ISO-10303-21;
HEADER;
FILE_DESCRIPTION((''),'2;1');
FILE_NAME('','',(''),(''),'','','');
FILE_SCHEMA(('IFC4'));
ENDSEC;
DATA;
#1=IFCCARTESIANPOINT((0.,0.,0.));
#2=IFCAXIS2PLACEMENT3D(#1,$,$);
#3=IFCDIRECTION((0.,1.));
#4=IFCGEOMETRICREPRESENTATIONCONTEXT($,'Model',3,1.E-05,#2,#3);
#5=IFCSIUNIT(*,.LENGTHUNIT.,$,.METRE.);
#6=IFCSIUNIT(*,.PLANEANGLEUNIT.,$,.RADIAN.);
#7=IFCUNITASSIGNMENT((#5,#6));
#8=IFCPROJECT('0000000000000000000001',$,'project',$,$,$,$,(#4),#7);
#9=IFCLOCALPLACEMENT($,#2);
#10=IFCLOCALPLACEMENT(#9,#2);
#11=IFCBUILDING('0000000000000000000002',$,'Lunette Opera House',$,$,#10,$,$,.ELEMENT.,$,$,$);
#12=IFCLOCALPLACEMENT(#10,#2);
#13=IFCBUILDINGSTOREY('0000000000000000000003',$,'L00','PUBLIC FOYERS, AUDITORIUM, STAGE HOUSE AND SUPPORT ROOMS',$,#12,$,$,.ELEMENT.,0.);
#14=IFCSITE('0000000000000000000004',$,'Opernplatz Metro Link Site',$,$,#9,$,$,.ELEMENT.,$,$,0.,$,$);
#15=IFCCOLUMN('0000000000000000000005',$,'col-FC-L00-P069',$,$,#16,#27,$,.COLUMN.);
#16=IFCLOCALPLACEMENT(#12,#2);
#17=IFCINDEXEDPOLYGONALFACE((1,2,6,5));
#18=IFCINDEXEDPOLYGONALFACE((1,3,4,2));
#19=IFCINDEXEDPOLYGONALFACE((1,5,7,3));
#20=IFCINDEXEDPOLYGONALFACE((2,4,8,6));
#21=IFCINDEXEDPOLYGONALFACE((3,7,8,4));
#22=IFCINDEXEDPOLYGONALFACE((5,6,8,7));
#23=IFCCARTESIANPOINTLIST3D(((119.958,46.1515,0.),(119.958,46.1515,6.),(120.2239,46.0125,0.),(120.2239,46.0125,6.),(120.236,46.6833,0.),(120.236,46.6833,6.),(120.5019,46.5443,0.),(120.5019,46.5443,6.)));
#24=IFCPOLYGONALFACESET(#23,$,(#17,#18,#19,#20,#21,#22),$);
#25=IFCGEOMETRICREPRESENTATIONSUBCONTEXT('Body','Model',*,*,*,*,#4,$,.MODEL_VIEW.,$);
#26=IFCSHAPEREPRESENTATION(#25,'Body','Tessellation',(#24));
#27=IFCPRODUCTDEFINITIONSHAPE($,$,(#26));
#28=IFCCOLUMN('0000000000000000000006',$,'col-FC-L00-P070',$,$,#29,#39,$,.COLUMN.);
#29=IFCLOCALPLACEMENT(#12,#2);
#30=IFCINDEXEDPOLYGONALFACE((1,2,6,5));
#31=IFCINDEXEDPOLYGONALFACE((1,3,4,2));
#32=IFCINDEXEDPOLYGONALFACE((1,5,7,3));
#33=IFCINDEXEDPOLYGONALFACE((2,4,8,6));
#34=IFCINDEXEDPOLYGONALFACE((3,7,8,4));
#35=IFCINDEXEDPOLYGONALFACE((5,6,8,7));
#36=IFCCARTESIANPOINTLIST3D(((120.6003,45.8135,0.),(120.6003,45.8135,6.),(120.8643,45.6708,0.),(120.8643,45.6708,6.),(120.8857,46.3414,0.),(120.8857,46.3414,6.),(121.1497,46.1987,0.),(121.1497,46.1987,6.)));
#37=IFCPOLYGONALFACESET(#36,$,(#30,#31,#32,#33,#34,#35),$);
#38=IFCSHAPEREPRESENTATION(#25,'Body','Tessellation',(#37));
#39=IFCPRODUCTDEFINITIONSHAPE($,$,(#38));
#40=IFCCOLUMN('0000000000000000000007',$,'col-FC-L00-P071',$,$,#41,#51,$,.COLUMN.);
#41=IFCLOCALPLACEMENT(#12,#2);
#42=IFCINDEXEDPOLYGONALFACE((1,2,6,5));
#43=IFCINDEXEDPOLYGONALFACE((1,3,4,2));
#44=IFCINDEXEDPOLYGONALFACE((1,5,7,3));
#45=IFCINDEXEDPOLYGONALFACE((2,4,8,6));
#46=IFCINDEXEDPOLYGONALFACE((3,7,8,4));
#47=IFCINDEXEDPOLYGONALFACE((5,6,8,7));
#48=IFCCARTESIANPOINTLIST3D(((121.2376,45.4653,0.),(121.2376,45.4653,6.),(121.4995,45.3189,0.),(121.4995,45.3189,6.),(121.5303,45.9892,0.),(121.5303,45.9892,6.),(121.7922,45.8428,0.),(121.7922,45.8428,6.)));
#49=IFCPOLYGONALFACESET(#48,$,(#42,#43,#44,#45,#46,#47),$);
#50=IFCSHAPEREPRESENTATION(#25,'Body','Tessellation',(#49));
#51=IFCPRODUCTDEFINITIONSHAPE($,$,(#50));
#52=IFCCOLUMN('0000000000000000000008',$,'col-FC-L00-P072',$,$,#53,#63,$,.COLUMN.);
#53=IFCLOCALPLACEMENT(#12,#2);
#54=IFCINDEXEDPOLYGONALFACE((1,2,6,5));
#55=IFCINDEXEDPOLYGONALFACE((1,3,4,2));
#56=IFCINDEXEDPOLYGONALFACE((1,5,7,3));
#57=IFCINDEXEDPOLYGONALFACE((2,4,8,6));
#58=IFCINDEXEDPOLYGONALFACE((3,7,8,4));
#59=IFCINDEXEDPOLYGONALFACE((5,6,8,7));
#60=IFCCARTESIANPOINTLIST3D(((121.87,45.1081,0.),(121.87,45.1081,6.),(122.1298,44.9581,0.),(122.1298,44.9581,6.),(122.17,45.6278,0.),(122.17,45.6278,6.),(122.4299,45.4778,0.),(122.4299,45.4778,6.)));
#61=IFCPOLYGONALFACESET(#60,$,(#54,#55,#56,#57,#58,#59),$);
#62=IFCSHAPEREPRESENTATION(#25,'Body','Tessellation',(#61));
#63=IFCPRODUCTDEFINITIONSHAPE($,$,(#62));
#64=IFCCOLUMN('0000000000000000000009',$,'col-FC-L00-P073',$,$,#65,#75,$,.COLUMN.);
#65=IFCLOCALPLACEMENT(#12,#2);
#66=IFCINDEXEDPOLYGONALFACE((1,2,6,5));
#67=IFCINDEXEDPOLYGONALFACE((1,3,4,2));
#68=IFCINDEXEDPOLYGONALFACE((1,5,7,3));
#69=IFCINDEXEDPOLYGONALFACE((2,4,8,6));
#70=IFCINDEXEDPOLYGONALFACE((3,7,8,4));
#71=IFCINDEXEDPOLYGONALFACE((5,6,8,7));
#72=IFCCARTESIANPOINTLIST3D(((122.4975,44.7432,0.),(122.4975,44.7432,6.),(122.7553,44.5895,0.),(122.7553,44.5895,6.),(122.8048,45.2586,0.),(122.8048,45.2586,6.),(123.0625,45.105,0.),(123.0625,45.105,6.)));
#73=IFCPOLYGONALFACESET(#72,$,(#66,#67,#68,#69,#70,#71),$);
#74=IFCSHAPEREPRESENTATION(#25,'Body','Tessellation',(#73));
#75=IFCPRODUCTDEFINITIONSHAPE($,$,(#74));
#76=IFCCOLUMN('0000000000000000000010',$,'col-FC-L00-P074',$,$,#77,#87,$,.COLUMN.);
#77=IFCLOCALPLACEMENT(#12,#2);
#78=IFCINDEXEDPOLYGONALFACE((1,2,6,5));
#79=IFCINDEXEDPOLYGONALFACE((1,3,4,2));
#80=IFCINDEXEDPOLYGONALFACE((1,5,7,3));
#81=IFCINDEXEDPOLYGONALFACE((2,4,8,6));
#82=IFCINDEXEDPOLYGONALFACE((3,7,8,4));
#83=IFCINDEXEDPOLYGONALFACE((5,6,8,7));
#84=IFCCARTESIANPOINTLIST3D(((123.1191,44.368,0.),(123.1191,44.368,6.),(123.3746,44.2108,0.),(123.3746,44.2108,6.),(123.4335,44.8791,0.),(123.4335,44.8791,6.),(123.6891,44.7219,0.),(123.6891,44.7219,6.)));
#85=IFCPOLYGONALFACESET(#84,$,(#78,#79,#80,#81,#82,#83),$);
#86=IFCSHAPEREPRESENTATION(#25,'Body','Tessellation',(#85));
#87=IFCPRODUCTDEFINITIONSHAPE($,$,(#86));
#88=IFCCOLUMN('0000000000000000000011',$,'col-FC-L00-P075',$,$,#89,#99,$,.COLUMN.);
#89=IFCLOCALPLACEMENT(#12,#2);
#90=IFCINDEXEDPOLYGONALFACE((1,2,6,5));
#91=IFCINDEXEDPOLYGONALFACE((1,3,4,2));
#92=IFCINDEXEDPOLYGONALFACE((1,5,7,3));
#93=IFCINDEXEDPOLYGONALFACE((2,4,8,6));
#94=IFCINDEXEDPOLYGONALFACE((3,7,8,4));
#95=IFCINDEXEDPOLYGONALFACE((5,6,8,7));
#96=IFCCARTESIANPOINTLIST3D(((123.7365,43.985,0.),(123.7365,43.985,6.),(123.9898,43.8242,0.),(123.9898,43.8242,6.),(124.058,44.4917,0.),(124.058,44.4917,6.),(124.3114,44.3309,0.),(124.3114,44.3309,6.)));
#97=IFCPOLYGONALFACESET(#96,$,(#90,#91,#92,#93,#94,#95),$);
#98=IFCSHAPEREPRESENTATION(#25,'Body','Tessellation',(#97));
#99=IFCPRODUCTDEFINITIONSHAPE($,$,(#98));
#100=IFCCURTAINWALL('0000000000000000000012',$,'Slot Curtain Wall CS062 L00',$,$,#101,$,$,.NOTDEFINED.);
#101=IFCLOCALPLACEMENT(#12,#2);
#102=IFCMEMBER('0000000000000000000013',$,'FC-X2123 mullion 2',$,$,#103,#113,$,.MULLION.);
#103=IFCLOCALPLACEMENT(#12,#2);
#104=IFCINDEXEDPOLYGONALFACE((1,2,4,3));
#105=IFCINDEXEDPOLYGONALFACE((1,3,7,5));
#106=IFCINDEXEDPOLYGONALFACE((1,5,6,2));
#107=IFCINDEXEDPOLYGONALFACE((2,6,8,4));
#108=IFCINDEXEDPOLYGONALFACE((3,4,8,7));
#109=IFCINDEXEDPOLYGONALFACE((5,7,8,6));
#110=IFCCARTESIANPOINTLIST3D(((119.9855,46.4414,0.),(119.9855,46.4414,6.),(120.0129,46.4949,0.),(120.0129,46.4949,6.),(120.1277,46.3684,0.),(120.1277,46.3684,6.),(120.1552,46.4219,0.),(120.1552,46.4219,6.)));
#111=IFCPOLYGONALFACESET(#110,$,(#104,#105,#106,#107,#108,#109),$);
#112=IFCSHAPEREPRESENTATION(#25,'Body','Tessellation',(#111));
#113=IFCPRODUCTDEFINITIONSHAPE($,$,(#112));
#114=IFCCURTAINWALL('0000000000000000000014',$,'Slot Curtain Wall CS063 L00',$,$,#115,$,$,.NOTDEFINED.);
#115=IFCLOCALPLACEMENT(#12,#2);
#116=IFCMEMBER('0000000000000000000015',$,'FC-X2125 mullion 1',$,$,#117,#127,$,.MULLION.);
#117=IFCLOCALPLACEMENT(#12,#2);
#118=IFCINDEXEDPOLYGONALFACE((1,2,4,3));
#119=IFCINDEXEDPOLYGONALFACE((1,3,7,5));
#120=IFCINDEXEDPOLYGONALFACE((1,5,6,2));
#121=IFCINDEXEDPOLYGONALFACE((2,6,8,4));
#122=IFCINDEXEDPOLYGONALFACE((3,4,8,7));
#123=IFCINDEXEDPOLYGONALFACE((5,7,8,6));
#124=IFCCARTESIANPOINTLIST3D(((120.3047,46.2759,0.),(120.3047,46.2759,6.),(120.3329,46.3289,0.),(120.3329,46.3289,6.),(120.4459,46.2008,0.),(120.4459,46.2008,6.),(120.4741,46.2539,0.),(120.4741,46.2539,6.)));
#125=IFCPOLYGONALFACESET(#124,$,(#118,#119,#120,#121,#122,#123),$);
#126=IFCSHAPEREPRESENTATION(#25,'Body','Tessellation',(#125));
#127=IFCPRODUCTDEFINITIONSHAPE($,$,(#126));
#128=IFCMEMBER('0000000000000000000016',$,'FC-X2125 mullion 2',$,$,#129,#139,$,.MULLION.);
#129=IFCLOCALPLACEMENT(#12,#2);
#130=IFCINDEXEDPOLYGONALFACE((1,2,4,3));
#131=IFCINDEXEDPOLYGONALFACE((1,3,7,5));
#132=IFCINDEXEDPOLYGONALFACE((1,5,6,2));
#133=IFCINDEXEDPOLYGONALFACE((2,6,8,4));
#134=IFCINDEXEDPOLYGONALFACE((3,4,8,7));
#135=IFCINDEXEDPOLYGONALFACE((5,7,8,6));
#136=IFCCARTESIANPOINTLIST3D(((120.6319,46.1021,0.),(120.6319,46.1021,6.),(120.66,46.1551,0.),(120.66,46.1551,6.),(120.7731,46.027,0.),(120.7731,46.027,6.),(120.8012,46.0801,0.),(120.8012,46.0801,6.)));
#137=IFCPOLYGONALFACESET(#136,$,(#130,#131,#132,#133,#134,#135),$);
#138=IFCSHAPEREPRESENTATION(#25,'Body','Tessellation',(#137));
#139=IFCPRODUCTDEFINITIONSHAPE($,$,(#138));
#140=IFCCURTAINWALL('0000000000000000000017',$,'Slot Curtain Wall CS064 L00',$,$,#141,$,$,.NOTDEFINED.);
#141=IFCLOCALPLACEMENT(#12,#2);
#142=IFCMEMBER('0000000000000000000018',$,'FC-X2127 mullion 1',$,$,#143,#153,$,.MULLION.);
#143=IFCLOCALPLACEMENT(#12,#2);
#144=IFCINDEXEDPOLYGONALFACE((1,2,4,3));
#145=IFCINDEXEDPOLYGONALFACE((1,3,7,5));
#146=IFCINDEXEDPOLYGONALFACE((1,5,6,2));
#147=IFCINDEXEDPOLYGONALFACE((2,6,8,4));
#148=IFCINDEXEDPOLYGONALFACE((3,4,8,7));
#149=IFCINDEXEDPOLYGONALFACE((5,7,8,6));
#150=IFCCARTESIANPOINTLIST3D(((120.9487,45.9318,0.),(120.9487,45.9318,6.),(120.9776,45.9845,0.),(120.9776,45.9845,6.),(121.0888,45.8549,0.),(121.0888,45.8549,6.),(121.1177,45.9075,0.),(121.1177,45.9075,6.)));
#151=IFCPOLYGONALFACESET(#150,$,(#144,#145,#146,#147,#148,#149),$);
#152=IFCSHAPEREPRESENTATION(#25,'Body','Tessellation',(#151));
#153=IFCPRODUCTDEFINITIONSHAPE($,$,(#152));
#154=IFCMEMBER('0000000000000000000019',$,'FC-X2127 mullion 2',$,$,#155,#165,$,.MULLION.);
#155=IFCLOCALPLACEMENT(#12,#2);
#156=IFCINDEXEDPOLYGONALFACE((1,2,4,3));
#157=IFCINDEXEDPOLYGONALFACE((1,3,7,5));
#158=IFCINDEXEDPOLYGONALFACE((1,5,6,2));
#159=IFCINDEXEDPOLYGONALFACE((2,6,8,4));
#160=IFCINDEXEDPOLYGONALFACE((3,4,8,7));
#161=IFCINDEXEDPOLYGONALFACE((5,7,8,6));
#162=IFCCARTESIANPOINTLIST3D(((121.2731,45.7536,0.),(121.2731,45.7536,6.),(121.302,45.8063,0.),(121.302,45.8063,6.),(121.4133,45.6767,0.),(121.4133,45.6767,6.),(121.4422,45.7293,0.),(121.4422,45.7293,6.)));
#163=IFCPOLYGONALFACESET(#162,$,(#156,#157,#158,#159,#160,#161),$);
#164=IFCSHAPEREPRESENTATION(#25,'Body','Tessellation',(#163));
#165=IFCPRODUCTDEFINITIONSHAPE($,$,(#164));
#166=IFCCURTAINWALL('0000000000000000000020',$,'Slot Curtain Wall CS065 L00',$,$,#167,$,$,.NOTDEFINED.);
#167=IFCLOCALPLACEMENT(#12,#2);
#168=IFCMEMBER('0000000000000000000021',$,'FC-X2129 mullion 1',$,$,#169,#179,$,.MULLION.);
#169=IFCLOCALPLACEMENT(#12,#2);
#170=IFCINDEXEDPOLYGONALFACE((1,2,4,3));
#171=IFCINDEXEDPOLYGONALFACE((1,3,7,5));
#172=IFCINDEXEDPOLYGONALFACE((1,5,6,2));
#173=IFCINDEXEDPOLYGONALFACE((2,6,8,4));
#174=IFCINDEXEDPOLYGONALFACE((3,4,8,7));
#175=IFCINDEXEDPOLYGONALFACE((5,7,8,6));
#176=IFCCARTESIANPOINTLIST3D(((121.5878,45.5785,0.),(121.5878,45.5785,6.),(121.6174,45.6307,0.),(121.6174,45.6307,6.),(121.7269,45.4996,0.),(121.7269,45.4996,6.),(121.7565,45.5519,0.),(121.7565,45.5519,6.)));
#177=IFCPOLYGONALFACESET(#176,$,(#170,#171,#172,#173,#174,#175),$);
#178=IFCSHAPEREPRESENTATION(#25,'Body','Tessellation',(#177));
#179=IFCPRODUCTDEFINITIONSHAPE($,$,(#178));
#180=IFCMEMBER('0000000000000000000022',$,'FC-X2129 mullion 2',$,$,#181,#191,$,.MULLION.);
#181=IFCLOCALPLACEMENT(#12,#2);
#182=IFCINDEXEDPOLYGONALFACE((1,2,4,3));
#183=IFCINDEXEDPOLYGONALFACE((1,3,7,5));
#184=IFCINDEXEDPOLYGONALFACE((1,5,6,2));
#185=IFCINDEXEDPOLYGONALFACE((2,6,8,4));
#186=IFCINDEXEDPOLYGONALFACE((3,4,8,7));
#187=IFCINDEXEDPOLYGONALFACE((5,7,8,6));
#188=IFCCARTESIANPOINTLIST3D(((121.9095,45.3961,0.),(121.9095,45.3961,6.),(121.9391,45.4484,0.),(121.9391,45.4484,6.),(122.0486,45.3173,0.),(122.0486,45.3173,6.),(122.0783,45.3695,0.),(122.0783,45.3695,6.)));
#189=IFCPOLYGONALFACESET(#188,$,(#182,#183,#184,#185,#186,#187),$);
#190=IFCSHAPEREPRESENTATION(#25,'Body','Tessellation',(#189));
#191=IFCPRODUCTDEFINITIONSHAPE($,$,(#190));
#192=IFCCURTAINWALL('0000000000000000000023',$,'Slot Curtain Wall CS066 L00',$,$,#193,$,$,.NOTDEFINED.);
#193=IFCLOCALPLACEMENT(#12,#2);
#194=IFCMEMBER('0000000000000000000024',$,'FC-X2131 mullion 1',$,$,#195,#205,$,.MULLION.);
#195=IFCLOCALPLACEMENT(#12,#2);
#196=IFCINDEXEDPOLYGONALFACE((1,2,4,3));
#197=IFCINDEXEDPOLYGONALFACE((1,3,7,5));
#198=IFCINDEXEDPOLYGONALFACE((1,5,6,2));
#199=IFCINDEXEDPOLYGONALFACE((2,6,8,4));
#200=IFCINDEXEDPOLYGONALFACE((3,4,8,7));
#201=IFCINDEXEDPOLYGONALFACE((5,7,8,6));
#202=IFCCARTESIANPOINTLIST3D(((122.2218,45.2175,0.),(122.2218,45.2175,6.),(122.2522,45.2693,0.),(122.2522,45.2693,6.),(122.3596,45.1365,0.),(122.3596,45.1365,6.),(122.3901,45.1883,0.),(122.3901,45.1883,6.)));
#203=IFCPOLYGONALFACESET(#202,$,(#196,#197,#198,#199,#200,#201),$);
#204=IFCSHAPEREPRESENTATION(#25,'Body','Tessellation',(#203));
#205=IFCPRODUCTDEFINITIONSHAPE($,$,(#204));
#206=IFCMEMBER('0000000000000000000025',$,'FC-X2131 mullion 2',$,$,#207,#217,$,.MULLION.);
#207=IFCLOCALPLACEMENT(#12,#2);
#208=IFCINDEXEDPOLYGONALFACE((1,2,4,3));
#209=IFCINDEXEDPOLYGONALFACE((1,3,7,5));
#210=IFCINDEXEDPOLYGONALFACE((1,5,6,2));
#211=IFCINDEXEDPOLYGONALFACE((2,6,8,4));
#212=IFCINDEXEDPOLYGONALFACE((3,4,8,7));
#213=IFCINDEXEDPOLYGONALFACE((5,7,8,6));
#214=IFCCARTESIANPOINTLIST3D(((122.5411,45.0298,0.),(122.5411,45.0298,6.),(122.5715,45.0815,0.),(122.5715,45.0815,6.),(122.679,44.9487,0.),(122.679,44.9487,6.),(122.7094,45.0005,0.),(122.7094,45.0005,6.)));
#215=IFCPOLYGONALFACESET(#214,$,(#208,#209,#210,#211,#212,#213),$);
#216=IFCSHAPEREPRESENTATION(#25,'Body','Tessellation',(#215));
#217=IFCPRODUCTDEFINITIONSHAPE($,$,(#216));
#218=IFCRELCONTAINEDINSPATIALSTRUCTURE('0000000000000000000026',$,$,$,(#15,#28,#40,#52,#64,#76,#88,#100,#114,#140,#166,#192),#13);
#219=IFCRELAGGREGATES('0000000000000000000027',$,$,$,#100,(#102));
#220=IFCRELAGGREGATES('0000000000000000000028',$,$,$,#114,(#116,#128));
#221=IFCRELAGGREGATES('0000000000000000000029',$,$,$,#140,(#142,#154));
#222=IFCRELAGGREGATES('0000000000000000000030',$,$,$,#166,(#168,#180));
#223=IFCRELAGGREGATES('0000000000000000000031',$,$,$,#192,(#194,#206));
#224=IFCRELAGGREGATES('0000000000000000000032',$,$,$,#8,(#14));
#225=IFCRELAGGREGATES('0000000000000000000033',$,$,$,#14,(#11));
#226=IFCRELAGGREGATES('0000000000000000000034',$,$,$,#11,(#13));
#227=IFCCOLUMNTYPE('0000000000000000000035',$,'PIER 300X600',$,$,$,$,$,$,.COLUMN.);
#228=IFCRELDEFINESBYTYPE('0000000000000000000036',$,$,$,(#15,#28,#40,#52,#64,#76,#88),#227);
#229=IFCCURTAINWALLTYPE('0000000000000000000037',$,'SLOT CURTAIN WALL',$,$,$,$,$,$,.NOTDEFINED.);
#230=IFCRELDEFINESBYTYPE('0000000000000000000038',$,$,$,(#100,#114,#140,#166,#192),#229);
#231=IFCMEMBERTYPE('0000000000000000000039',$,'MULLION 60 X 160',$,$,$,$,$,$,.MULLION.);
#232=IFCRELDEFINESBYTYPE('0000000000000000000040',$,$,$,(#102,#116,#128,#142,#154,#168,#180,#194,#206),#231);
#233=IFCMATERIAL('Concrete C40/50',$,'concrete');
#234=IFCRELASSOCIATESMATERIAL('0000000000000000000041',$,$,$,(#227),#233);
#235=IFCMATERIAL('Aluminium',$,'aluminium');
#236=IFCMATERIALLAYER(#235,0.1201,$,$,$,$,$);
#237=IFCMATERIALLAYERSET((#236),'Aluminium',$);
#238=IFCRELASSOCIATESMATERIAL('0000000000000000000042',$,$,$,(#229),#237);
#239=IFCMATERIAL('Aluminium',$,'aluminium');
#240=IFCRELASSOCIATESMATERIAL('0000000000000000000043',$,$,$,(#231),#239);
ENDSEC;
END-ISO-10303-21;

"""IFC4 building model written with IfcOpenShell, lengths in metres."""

from ifc_helpers import new_model, si_unit, direction, frame, origin, origin_2d, place, context, subcontext, project, spatial, rectangle, extrude, material, layer, layer_set, material_profile, profile_set, type_object, element, aggregate, save


model = new_model("IFC4")

# Units and contexts
model_context = context("Model", 3, precision=1e-05, world=origin(), true_north=direction((0.0, 1.0)))
body_context = subcontext(model_context, "Body", "Model", "MODEL_VIEW")
ifc_project = project(units=[si_unit("LENGTHUNIT", "METRE"), si_unit("PLANEANGLEUNIT", "RADIAN")], contexts=[model_context])

# Site, building, storey
site_placement = place(None, origin())
site = spatial("IfcSite", under=ifc_project, at=site_placement, Name="Opernplatz Metro Link Site", CompositionType="ELEMENT", RefElevation=0.0)
building_placement = place(site_placement, origin())
building = spatial("IfcBuilding", under=site, at=building_placement, Name="Lunette Opera House", CompositionType="ELEMENT")
storey_placement = place(building_placement, origin())
storey = spatial("IfcBuildingStorey", under=building, at=storey_placement, Name="L00", Description="PUBLIC FOYERS, AUDITORIUM, STAGE HOUSE AND SUPPORT ROOMS", CompositionType="ELEMENT", Elevation=0.0)

# Columns
ifc_material_1 = material(Name="Concrete C40/50", Category="concrete")
ifc_material_profile_1 = material_profile(ifc_material_1, rectangle(XDim=0.3, YDim=0.6001, at=origin_2d()), Name="PIER 300X600")
ifc_profile_set_1 = profile_set([ifc_material_profile_1], Name="Concrete C40/50")
column_type = type_object("IfcColumnType", Name="PIER 300X600", PredefinedType="COLUMN", material=ifc_profile_set_1)
for number, where, z_axis, x_axis, name in (
    (1, (120.23, 46.3479, 0.0), (0.0, 0.0, 1.0), (0.886204, -0.463296, 0.0), "col-FC-L00-P069"),
    (2, (120.875, 46.0061, 0.0), (0.0, 0.0, 1.0), (0.879649, -0.475624, 0.0), "col-FC-L00-P070"),
    (3, (121.5149, 45.6541, 0.0), (0.0, 0.0, 1.0), (0.872922, -0.48786, 0.0), "col-FC-L00-P071"),
    (4, (122.1499, 45.293, 0.0), (0.0, 0.0, 1.0), (0.866025, -0.5, 0.0), "col-FC-L00-P072"),
    (5, (122.78, 44.9241, 0.0), (0.0, 0.0, 1.0), (0.85896, -0.512043, 0.0), "col-FC-L00-P073"),
    (6, (123.4041, 44.5449, 0.0), (0.0, 0.0, 1.0), (0.851727, -0.523986, 0.0), "col-FC-L00-P074"),
    (7, (124.0239, 44.158, 0.0), (0.0, 0.0, 1.0), (0.844328, -0.535827, 0.0), "col-FC-L00-P075"),
):
    element("IfcColumn", number, at=place(storey_placement, frame(where, z_axis=z_axis, x_axis=x_axis)), inside=storey, type_object=column_type, Name=name, PredefinedType="COLUMN", context=body_context, shape_type="SweptSolid", body=[
        extrude(rectangle(XDim=0.3, YDim=0.6001, at=origin_2d()), origin(), (0.0, 0.0, 1.0), 6.0),
    ])

# Curtain wall, member
ifc_material_2 = material(Name="Aluminium", Category="aluminium")
ifc_layer_1 = layer(ifc_material_2, 0.1201)
ifc_layer_set_1 = layer_set([ifc_layer_1], Name="Aluminium")
curtain_wall_type = type_object("IfcCurtainWallType", Name="SLOT CURTAIN WALL", PredefinedType="NOTDEFINED", material=ifc_layer_set_1)
curtain_wall_1_placement = place(storey_placement, origin())
curtain_wall_1 = element("IfcCurtainWall", 8, at=curtain_wall_1_placement, inside=storey, type_object=curtain_wall_type, Name="Slot Curtain Wall CS062 L00", PredefinedType="NOTDEFINED")
ifc_material_3 = material(Name="Aluminium", Category="aluminium")
ifc_material_profile_2 = material_profile(ifc_material_3, rectangle(XDim=0.0601, YDim=0.1599, at=origin_2d()), Name="MULLION 60 X 160")
ifc_profile_set_2 = profile_set([ifc_material_profile_2], Name="Aluminium")
member_type_1 = type_object("IfcMemberType", Name="MULLION 60 X 160", PredefinedType="MULLION", material=ifc_profile_set_2)
member_1_placement = place(storey_placement, frame((120.0703, 46.4316, 0.0), z_axis=(0.0, 0.0, 1.0), x_axis=(0.456506, 0.88972, 0.0)))
member_1 = element("IfcMember", 9, at=member_1_placement, type_object=member_type_1, Name="FC-X2123 mullion 2", PredefinedType="MULLION", context=body_context, shape_type="SweptSolid", body=[
    extrude(rectangle(XDim=0.0601, YDim=0.1599, at=origin_2d()), origin(), (0.0, 0.0, 1.0), 6.0),
])
aggregate(curtain_wall_1, [member_1])

# Curtain walls, members
curtain_wall_2_placement = place(storey_placement, origin())
curtain_wall_2 = element("IfcCurtainWall", 10, at=curtain_wall_2_placement, inside=storey, type_object=curtain_wall_type, Name="Slot Curtain Wall CS063 L00", PredefinedType="NOTDEFINED")
member_2_placement = place(storey_placement, frame((120.3894, 46.2649, 0.0), z_axis=(0.0, 0.0, 1.0), x_axis=(0.469382, 0.882995, 0.0)))
member_2 = element("IfcMember", 11, at=member_2_placement, type_object=member_type_1, Name="FC-X2125 mullion 1", PredefinedType="MULLION", context=body_context, shape_type="SweptSolid", body=[
    extrude(rectangle(XDim=0.0601, YDim=0.1599, at=origin_2d()), origin(), (0.0, 0.0, 1.0), 6.0),
])
member_3_placement = place(storey_placement, frame((120.7166, 46.0911, 0.0), z_axis=(0.0, 0.0, 1.0), x_axis=(0.469382, 0.882995, 0.0)))
member_3 = element("IfcMember", 12, at=member_3_placement, type_object=member_type_1, Name="FC-X2125 mullion 2", PredefinedType="MULLION", context=body_context, shape_type="SweptSolid", body=[
    extrude(rectangle(XDim=0.0601, YDim=0.1599, at=origin_2d()), origin(), (0.0, 0.0, 1.0), 6.0),
])
curtain_wall_3_placement = place(storey_placement, origin())
curtain_wall_3 = element("IfcCurtainWall", 13, at=curtain_wall_3_placement, inside=storey, type_object=curtain_wall_type, Name="Slot Curtain Wall CS064 L00", PredefinedType="NOTDEFINED")
member_4_placement = place(storey_placement, frame((121.0332, 45.9197, 0.0), z_axis=(0.0, 0.0, 1.0), x_axis=(0.481294, 0.876559, 0.0)))
member_4 = element("IfcMember", 14, at=member_4_placement, type_object=member_type_1, Name="FC-X2127 mullion 1", PredefinedType="MULLION", context=body_context, shape_type="SweptSolid", body=[
    extrude(rectangle(XDim=0.0601, YDim=0.1599, at=origin_2d()), origin(), (0.0, 0.0, 1.0), 6.0),
])
member_5_placement = place(storey_placement, frame((121.3577, 45.7415, 0.0), z_axis=(0.0, 0.0, 1.0), x_axis=(0.481294, 0.876559, 0.0)))
member_5 = element("IfcMember", 15, at=member_5_placement, type_object=member_type_1, Name="FC-X2127 mullion 2", PredefinedType="MULLION", context=body_context, shape_type="SweptSolid", body=[
    extrude(rectangle(XDim=0.0601, YDim=0.1599, at=origin_2d()), origin(), (0.0, 0.0, 1.0), 6.0),
])
curtain_wall_4_placement = place(storey_placement, origin())
curtain_wall_4 = element("IfcCurtainWall", 16, at=curtain_wall_4_placement, inside=storey, type_object=curtain_wall_type, Name="Slot Curtain Wall CS065 L00", PredefinedType="NOTDEFINED")
member_6_placement = place(storey_placement, frame((121.6721, 45.5652, 0.0), z_axis=(0.0, 0.0, 1.0), x_axis=(0.49313, 0.869956, 0.0)))
member_6 = element("IfcMember", 17, at=member_6_placement, type_object=member_type_1, Name="FC-X2129 mullion 1", PredefinedType="MULLION", context=body_context, shape_type="SweptSolid", body=[
    extrude(rectangle(XDim=0.0601, YDim=0.1599, at=origin_2d()), origin(), (0.0, 0.0, 1.0), 6.0),
])
member_7_placement = place(storey_placement, frame((121.9939, 45.3828, 0.0), z_axis=(0.0, 0.0, 1.0), x_axis=(0.49313, 0.869956, 0.0)))
member_7 = element("IfcMember", 18, at=member_7_placement, type_object=member_type_1, Name="FC-X2129 mullion 2", PredefinedType="MULLION", context=body_context, shape_type="SweptSolid", body=[
    extrude(rectangle(XDim=0.0601, YDim=0.1599, at=origin_2d()), origin(), (0.0, 0.0, 1.0), 6.0),
])
curtain_wall_5_placement = place(storey_placement, origin())
curtain_wall_5 = element("IfcCurtainWall", 19, at=curtain_wall_5_placement, inside=storey, type_object=curtain_wall_type, Name="Slot Curtain Wall CS066 L00", PredefinedType="NOTDEFINED")
member_8_placement = place(storey_placement, frame((122.3059, 45.2029, 0.0), z_axis=(0.0, 0.0, 1.0), x_axis=(0.506614, 0.862173, 0.0)))
member_8 = element("IfcMember", 20, at=member_8_placement, type_object=member_type_1, Name="FC-X2131 mullion 1", PredefinedType="MULLION", context=body_context, shape_type="SweptSolid", body=[
    extrude(rectangle(XDim=0.0601, YDim=0.1599, at=origin_2d()), origin(), (0.0, 0.0, 1.0), 6.0),
])
member_9_placement = place(storey_placement, frame((122.6252, 45.0151, 0.0), z_axis=(0.0, 0.0, 1.0), x_axis=(0.506614, 0.862173, 0.0)))
member_9 = element("IfcMember", 21, at=member_9_placement, type_object=member_type_1, Name="FC-X2131 mullion 2", PredefinedType="MULLION", context=body_context, shape_type="SweptSolid", body=[
    extrude(rectangle(XDim=0.0601, YDim=0.1599, at=origin_2d()), origin(), (0.0, 0.0, 1.0), 6.0),
])

aggregate(curtain_wall_2, [member_2, member_3])
aggregate(curtain_wall_3, [member_4, member_5])
aggregate(curtain_wall_4, [member_6, member_7])
aggregate(curtain_wall_5, [member_8, member_9])

save(model, "model.ifc")
